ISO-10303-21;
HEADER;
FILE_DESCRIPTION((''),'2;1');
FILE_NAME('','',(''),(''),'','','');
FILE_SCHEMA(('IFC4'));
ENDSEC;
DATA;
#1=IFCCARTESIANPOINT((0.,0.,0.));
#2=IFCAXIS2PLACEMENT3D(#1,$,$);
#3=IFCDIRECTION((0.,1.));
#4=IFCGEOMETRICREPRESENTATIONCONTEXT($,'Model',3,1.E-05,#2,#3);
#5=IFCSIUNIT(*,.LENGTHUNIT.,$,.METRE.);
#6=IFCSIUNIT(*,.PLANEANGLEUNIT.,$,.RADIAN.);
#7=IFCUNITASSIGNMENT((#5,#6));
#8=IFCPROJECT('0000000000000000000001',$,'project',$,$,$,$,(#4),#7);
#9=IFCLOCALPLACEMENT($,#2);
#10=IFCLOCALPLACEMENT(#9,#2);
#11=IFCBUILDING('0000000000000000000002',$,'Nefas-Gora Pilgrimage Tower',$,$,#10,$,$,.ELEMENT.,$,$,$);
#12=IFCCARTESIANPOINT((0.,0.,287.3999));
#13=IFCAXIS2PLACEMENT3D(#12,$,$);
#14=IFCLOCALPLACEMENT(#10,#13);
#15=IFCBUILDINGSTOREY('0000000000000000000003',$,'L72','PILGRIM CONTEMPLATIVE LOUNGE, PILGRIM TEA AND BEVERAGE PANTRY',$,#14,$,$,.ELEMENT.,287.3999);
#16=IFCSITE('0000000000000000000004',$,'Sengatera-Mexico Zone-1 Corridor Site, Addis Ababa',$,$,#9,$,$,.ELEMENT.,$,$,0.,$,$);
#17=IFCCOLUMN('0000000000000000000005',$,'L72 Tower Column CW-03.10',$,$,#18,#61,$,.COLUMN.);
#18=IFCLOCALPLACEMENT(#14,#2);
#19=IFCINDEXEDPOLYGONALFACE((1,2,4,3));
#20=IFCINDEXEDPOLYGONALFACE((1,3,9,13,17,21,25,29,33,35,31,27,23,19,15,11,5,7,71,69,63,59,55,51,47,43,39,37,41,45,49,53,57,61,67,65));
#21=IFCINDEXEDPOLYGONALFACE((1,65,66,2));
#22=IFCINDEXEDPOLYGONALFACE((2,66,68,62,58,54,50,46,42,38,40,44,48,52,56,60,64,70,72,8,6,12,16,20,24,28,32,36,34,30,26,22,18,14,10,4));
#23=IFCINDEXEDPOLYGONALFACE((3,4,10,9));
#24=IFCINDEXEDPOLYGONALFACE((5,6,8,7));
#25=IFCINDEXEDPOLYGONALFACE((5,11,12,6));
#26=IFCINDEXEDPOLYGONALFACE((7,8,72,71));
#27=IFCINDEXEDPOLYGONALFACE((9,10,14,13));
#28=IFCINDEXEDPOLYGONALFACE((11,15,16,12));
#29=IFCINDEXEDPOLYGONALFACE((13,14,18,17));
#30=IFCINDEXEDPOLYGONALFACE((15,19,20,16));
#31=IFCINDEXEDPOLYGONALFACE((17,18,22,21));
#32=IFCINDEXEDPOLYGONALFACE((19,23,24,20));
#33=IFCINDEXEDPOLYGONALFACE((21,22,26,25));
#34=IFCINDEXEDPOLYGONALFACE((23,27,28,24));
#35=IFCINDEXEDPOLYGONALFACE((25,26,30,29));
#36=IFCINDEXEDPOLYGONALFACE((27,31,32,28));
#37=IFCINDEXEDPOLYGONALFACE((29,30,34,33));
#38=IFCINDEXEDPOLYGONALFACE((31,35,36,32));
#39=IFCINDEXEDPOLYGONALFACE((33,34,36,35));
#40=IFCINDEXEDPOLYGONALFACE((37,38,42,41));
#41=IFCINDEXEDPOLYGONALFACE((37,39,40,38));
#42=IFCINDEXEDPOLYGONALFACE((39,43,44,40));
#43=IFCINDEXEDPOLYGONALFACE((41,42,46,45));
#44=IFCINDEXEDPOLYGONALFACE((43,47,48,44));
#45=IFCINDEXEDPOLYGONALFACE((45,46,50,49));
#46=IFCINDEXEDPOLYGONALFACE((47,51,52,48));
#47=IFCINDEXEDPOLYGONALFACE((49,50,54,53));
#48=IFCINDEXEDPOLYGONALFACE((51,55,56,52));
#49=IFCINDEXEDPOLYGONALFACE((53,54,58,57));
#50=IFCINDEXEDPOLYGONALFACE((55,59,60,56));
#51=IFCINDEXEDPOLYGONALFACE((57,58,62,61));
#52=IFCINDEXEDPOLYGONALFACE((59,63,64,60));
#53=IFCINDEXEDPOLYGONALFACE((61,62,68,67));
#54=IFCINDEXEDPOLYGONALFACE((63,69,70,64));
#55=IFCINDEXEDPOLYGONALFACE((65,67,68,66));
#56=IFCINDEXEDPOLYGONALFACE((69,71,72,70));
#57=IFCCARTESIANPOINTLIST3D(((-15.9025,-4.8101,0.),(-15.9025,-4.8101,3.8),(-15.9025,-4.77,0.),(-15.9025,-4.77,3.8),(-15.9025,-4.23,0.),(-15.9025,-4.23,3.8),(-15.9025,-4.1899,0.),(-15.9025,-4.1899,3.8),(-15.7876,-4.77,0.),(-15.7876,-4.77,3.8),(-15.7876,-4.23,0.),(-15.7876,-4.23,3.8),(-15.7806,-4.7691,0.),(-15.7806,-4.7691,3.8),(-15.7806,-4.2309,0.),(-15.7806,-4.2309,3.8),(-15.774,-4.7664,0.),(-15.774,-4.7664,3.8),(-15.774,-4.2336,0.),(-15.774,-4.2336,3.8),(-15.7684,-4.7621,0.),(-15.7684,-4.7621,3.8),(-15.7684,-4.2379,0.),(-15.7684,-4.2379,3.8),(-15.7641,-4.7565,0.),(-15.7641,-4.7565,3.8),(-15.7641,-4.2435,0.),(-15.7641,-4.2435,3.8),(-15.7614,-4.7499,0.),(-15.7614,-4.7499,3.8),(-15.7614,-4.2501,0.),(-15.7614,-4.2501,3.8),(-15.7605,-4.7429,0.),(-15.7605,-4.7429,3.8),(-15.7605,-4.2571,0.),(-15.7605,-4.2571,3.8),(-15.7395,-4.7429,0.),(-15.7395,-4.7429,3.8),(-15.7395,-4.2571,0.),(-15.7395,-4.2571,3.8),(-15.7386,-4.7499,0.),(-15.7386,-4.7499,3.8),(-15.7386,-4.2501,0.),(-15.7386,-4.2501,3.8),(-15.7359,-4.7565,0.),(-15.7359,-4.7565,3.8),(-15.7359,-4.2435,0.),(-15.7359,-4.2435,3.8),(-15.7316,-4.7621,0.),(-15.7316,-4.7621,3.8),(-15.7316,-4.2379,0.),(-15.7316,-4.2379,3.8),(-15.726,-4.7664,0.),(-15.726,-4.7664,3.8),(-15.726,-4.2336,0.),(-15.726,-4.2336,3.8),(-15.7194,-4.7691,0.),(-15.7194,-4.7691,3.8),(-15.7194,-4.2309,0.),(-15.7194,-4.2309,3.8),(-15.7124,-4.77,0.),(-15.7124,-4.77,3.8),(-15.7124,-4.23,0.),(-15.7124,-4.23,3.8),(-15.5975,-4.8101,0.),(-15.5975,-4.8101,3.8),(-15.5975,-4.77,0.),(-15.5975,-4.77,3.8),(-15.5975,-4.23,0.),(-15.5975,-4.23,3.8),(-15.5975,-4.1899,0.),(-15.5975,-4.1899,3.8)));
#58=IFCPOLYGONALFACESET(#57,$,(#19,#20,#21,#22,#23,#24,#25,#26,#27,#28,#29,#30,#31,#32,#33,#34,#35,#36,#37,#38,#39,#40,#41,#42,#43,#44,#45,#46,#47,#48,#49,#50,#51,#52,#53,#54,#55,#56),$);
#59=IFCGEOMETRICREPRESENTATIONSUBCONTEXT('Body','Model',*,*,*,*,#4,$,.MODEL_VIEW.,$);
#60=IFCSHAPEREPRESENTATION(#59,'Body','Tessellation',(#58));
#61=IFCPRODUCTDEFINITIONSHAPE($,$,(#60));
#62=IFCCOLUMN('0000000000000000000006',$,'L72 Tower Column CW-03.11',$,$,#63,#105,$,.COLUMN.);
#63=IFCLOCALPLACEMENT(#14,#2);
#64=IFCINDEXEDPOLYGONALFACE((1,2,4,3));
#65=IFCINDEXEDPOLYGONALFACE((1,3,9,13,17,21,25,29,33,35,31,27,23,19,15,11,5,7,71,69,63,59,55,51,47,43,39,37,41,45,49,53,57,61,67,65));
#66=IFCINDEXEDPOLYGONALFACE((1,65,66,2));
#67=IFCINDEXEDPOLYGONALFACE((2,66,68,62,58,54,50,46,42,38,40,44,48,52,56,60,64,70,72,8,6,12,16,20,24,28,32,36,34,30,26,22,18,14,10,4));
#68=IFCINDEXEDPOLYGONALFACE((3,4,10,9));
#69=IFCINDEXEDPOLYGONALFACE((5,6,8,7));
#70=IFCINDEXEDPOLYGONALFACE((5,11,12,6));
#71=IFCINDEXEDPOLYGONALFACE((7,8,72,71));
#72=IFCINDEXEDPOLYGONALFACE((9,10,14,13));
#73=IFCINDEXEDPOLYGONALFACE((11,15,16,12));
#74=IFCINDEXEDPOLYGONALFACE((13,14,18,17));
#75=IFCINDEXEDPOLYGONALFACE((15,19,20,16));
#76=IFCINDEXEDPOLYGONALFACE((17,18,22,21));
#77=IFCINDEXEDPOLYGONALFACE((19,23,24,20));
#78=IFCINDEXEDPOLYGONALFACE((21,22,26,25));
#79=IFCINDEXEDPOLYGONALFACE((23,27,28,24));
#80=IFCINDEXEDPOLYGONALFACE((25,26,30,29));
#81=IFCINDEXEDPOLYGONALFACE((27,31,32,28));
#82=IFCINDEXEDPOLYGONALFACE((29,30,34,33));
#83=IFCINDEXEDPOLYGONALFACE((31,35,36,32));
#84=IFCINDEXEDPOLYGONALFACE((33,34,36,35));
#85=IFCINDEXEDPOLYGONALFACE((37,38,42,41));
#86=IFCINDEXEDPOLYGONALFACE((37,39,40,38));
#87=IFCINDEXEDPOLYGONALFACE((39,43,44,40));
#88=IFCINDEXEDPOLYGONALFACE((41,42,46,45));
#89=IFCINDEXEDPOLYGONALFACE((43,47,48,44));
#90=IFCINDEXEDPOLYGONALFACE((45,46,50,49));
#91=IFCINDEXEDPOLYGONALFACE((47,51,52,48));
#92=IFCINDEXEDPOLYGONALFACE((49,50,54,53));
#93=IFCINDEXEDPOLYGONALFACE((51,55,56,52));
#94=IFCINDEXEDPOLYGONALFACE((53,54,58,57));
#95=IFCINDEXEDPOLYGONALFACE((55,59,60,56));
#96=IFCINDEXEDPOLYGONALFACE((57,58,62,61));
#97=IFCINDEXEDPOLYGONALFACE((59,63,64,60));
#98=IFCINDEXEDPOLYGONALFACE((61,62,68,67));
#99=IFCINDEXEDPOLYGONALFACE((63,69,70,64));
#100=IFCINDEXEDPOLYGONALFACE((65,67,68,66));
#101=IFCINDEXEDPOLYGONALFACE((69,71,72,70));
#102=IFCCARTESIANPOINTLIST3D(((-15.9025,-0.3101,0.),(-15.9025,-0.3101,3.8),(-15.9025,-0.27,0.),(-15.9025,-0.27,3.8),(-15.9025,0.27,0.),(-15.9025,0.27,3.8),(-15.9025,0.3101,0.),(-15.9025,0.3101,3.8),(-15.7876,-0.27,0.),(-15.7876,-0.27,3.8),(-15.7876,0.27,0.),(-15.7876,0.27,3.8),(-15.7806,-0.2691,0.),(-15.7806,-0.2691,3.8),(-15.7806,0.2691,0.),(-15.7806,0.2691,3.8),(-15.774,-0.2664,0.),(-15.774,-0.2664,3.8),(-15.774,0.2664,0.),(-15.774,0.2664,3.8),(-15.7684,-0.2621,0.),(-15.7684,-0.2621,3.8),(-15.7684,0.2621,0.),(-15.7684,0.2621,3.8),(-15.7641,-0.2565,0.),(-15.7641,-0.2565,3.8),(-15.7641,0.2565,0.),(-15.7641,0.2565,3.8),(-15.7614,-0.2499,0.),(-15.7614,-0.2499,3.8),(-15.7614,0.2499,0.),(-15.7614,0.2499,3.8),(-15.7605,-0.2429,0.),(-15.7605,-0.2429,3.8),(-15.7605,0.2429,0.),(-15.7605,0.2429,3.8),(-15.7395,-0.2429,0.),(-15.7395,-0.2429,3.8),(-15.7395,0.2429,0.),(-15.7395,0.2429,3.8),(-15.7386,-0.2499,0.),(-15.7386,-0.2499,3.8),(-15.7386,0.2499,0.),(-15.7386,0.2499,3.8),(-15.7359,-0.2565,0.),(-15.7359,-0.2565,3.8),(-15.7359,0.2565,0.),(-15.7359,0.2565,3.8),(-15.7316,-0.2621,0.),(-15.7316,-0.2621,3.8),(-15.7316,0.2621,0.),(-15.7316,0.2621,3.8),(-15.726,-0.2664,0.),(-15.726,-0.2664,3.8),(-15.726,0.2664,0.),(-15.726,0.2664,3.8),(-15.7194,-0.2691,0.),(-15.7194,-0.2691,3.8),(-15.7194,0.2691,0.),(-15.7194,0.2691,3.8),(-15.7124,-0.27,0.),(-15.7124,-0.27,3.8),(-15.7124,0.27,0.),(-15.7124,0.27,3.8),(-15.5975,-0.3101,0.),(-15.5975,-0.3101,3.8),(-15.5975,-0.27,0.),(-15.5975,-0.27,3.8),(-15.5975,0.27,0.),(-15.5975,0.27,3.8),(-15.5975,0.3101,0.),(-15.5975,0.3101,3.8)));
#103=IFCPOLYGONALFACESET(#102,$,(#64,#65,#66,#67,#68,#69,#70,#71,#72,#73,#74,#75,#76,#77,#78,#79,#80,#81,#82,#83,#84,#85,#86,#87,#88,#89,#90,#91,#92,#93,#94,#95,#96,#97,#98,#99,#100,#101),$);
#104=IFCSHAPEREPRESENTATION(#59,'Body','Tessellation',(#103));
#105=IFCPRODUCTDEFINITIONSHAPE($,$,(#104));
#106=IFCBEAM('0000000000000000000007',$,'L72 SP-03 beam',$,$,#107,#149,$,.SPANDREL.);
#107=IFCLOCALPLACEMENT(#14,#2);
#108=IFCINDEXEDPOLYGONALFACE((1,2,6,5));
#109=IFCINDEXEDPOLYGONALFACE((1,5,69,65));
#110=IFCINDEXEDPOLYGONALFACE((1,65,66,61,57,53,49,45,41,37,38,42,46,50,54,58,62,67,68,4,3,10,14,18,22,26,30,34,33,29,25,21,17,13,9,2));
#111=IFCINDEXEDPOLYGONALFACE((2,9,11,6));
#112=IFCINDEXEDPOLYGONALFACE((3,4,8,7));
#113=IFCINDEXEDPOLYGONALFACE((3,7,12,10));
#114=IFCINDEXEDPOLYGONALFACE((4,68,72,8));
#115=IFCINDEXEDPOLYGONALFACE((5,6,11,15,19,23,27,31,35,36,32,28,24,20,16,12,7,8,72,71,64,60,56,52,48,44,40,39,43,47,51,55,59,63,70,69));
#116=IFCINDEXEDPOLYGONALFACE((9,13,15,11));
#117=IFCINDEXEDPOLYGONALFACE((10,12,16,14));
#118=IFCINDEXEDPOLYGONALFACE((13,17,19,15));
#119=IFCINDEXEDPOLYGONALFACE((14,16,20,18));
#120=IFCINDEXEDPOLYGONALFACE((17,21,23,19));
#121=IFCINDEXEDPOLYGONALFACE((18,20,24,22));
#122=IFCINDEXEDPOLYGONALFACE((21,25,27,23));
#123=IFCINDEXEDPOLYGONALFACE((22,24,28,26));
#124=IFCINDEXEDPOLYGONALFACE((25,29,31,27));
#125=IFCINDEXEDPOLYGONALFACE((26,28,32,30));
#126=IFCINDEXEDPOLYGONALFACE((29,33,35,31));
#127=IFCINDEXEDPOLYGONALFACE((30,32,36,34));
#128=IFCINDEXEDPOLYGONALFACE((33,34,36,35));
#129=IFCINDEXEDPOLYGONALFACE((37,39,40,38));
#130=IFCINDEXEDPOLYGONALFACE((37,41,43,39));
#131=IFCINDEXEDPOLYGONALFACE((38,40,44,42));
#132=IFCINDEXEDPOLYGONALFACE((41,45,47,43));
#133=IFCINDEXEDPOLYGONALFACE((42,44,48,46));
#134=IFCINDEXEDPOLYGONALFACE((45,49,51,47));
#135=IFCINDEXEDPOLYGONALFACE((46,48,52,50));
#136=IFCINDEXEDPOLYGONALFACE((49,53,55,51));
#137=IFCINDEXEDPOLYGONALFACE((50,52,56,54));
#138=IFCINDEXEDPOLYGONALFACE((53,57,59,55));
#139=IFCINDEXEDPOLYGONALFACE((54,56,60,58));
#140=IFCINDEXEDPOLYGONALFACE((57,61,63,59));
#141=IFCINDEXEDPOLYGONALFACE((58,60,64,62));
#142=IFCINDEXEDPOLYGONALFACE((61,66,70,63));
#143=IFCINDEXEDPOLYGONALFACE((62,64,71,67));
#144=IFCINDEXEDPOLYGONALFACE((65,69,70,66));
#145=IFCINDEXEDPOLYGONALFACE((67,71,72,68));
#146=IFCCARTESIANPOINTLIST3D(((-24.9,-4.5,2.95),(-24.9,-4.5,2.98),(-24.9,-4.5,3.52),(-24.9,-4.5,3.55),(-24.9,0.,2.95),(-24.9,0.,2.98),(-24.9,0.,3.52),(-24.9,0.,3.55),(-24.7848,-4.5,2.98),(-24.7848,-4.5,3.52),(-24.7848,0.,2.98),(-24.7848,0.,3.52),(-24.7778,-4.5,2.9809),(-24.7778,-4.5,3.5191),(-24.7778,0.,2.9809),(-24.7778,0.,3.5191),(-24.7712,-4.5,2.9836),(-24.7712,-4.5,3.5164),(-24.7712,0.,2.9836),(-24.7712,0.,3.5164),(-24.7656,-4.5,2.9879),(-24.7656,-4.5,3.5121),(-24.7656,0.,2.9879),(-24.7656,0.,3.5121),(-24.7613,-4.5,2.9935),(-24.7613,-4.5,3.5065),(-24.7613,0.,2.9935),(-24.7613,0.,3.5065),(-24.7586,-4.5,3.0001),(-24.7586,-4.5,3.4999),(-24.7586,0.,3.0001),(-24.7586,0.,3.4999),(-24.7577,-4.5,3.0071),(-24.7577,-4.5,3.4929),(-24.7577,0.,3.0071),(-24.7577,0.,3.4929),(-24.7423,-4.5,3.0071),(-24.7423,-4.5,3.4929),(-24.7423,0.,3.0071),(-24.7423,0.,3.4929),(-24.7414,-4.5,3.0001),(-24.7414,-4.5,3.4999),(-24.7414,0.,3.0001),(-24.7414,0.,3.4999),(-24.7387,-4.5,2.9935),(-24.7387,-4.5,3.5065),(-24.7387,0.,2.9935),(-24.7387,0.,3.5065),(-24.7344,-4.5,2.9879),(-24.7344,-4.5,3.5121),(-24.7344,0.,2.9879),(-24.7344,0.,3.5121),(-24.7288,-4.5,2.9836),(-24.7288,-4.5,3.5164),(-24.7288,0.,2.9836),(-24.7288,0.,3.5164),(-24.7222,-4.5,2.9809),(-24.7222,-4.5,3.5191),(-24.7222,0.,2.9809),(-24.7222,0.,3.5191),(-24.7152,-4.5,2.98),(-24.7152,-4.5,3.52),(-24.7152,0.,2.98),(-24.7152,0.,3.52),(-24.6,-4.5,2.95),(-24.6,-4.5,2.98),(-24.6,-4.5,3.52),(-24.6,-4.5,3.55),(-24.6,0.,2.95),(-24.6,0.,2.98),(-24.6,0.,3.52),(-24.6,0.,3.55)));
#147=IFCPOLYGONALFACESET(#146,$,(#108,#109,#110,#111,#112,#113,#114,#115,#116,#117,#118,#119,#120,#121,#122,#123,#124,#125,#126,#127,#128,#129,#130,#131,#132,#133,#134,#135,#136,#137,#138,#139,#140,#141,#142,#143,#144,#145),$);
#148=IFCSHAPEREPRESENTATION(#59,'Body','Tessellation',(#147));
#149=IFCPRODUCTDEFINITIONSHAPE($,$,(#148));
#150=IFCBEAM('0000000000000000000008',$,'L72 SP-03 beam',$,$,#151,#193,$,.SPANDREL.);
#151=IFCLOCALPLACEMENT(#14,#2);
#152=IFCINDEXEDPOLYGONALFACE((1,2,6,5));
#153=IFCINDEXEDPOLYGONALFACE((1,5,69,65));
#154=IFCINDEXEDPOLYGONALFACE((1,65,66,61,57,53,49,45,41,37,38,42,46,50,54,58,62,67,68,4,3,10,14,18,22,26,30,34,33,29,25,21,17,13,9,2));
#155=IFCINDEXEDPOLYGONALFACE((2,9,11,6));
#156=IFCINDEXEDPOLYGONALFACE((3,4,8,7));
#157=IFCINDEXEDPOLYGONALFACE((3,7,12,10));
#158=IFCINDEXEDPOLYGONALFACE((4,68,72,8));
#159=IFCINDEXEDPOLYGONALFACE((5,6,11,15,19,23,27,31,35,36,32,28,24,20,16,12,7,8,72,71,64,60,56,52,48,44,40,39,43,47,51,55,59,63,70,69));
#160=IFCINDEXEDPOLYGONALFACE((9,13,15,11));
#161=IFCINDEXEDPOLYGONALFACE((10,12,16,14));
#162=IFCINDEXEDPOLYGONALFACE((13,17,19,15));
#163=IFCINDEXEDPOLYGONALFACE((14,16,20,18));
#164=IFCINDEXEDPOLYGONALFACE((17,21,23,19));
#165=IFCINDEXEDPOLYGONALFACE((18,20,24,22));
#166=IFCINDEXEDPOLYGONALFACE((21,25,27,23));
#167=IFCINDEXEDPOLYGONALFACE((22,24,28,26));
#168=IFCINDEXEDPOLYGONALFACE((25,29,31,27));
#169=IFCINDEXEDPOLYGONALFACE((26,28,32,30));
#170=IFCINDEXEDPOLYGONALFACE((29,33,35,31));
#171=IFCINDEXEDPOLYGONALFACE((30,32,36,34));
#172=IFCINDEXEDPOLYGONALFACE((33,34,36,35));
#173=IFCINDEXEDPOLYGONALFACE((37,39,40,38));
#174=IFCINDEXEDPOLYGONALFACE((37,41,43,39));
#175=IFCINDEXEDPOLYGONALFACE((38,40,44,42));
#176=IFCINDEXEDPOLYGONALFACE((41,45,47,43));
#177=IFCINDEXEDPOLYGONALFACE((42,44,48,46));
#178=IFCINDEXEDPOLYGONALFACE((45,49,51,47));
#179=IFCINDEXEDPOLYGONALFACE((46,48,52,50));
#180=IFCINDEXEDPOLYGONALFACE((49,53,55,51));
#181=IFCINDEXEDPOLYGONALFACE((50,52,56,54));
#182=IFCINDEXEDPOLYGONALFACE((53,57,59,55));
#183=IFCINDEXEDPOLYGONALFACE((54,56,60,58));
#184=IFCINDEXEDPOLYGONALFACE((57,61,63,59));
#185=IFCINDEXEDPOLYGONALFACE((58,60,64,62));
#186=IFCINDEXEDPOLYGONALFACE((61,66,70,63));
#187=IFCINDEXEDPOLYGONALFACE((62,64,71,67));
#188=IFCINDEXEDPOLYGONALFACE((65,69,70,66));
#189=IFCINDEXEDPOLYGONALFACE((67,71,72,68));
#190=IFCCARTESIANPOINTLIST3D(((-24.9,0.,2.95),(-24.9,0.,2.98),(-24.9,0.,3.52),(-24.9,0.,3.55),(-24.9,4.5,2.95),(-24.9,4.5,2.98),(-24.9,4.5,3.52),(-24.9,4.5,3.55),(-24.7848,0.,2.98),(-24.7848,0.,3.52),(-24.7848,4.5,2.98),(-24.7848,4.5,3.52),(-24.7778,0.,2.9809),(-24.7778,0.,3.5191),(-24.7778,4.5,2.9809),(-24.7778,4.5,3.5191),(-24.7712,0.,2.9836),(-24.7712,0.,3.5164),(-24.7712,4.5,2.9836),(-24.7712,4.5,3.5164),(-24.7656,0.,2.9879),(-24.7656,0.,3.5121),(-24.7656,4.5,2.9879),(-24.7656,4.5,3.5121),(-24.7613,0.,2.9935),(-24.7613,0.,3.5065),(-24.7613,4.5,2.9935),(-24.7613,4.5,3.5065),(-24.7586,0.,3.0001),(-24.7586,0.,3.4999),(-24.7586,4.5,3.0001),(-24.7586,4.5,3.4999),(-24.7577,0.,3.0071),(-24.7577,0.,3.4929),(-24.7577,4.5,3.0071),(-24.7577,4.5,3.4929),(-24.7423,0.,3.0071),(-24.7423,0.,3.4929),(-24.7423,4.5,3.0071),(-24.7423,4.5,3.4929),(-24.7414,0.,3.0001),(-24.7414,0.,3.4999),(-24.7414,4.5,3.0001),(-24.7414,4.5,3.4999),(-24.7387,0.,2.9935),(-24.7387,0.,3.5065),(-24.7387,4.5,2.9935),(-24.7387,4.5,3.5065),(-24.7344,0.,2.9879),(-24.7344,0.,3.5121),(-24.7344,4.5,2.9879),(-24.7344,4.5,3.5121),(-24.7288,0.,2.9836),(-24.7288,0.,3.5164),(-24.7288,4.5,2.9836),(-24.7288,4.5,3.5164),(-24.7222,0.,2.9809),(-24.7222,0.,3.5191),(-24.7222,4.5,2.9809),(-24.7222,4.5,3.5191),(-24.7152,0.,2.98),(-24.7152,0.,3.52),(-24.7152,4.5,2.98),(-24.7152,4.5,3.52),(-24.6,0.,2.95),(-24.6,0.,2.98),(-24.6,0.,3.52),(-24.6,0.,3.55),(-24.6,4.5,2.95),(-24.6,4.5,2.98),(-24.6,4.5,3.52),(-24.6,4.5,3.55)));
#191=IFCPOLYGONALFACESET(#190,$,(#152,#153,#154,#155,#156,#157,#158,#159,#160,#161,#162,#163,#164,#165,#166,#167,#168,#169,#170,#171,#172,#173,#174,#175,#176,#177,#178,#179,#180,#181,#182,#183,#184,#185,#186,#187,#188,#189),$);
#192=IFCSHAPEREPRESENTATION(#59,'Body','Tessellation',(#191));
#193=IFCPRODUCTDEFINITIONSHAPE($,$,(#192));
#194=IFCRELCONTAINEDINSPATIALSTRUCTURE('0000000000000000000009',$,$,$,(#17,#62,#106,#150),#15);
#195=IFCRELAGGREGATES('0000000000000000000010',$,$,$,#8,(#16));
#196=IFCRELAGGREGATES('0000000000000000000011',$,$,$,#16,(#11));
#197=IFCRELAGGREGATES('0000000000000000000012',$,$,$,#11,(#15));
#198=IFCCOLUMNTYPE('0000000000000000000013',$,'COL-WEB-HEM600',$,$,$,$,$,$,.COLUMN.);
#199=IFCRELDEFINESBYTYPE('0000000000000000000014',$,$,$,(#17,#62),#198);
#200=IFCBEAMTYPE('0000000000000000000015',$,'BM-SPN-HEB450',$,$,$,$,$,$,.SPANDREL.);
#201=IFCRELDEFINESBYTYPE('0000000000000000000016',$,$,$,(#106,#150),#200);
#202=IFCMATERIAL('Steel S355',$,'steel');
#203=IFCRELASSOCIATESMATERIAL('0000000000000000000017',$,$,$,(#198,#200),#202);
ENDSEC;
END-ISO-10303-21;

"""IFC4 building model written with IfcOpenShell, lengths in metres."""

from ifc_helpers import new_model, si_unit, direction, frame, origin, origin_2d, place, context, subcontext, project, spatial, i_section, extrude, source, transform, mapped, material, material_profile, profile_set, type_object, element, save


model = new_model("IFC4")

# Units and contexts
model_context = context("Model", 3, precision=1e-05, world=origin(), true_north=direction((0.0, 1.0)))
body_context = subcontext(model_context, "Body", "Model", "MODEL_VIEW")
ifc_project = project(units=[si_unit("LENGTHUNIT", "METRE"), si_unit("PLANEANGLEUNIT", "RADIAN")], contexts=[model_context])

# Site, building, storey
site_placement = place(None, origin())
site = spatial("IfcSite", under=ifc_project, at=site_placement, Name="Sengatera-Mexico Zone-1 Corridor Site, Addis Ababa", CompositionType="ELEMENT", RefElevation=0.0)
building_placement = place(site_placement, origin())
building = spatial("IfcBuilding", under=site, at=building_placement, Name="Nefas-Gora Pilgrimage Tower", CompositionType="ELEMENT")
storey_placement = place(building_placement, frame((0.0, 0.0, 287.3999)))
storey = spatial("IfcBuildingStorey", under=building, at=storey_placement, Name="L72", Description="PILGRIM CONTEMPLATIVE LOUNGE, PILGRIM TEA AND BEVERAGE PANTRY", CompositionType="ELEMENT", Elevation=287.3999)

# Columns
ifc_material_1 = material(Name="Steel S355", Category="steel")
ifc_material_profile_1 = material_profile(ifc_material_1, i_section(OverallWidth=0.3049, OverallDepth=0.6201, WebThickness=0.021, FlangeThickness=0.04, FilletRadius=0.0271, at=origin_2d()), Name="HEM 600")
ifc_profile_set_1 = profile_set([ifc_material_profile_1], Name="Steel S355")
column_type_1 = type_object("IfcColumnType", Name="COL-WEB-HEM600", PredefinedType="COLUMN", material=ifc_profile_set_1)
shared_shape_1 = source(origin(), body_context, "Body", "SweptSolid", [
    extrude(i_section(OverallWidth=0.3049, OverallDepth=0.6201, WebThickness=0.021, FlangeThickness=0.04, FilletRadius=0.0271, at=origin_2d()), origin(), (0.0, 0.0, 1.0), 3.8),
])
for number, where, z_axis, x_axis, name in (
    (1, (-15.75, -4.5, 0.0), (0.0, 0.0, 1.0), (1.0, 0.0, 0.0), "L72 Tower Column CW-03.10"),
    (2, (-15.75, 0.0, 0.0), (0.0, 0.0, 1.0), (1.0, 0.0, 0.0), "L72 Tower Column CW-03.11"),
):
    element("IfcColumn", number, at=place(storey_placement, frame(where, z_axis=z_axis, x_axis=x_axis)), inside=storey, type_object=column_type_1, Name=name, PredefinedType="COLUMN", context=body_context, shape_type="MappedRepresentation", body=[
        mapped(shared_shape_1, transform((0.0, 0.0, 0.0), x_axis=(1.0, 0.0, 0.0), y_axis=(0.0, 1.0, 0.0), z_axis=(0.0, 0.0, 1.0), scale=1.0)),
    ])

# Beams
ifc_material_profile_2 = material_profile(ifc_material_1, i_section(OverallWidth=0.3, OverallDepth=0.6001, WebThickness=0.0154, FlangeThickness=0.03, FilletRadius=0.0271, at=origin_2d()), Name="HEB 600")
ifc_profile_set_2 = profile_set([ifc_material_profile_2], Name="Steel S355")
beam_type_1 = type_object("IfcBeamType", Name="BM-SPN-HEB450", PredefinedType="SPANDREL", material=ifc_profile_set_2)
shared_shape_2 = source(origin(), body_context, "Body", "SweptSolid", [
    extrude(i_section(OverallWidth=0.3, OverallDepth=0.6001, WebThickness=0.0154, FlangeThickness=0.03, FilletRadius=0.0271, at=origin_2d()), origin(), (0.0, 0.0, 1.0), 4.5),
])
for number, where, z_axis, x_axis, name in (
    (3, (-24.75, -4.5, 3.25), (0.0, 1.0, 0.0), (-1.0, 0.0, 0.0), "L72 SP-03 beam"),
    (4, (-24.75, 0.0, 3.25), (0.0, 1.0, 0.0), (-1.0, 0.0, 0.0), "L72 SP-03 beam"),
):
    element("IfcBeam", number, at=place(storey_placement, frame(where, z_axis=z_axis, x_axis=x_axis)), inside=storey, type_object=beam_type_1, Name=name, PredefinedType="SPANDREL", context=body_context, shape_type="MappedRepresentation", body=[
        mapped(shared_shape_2, transform((0.0, 0.0, 0.0), x_axis=(1.0, 0.0, 0.0), y_axis=(0.0, 1.0, 0.0), z_axis=(0.0, 0.0, 1.0), scale=1.0)),
    ])

save(model, "model.ifc")
